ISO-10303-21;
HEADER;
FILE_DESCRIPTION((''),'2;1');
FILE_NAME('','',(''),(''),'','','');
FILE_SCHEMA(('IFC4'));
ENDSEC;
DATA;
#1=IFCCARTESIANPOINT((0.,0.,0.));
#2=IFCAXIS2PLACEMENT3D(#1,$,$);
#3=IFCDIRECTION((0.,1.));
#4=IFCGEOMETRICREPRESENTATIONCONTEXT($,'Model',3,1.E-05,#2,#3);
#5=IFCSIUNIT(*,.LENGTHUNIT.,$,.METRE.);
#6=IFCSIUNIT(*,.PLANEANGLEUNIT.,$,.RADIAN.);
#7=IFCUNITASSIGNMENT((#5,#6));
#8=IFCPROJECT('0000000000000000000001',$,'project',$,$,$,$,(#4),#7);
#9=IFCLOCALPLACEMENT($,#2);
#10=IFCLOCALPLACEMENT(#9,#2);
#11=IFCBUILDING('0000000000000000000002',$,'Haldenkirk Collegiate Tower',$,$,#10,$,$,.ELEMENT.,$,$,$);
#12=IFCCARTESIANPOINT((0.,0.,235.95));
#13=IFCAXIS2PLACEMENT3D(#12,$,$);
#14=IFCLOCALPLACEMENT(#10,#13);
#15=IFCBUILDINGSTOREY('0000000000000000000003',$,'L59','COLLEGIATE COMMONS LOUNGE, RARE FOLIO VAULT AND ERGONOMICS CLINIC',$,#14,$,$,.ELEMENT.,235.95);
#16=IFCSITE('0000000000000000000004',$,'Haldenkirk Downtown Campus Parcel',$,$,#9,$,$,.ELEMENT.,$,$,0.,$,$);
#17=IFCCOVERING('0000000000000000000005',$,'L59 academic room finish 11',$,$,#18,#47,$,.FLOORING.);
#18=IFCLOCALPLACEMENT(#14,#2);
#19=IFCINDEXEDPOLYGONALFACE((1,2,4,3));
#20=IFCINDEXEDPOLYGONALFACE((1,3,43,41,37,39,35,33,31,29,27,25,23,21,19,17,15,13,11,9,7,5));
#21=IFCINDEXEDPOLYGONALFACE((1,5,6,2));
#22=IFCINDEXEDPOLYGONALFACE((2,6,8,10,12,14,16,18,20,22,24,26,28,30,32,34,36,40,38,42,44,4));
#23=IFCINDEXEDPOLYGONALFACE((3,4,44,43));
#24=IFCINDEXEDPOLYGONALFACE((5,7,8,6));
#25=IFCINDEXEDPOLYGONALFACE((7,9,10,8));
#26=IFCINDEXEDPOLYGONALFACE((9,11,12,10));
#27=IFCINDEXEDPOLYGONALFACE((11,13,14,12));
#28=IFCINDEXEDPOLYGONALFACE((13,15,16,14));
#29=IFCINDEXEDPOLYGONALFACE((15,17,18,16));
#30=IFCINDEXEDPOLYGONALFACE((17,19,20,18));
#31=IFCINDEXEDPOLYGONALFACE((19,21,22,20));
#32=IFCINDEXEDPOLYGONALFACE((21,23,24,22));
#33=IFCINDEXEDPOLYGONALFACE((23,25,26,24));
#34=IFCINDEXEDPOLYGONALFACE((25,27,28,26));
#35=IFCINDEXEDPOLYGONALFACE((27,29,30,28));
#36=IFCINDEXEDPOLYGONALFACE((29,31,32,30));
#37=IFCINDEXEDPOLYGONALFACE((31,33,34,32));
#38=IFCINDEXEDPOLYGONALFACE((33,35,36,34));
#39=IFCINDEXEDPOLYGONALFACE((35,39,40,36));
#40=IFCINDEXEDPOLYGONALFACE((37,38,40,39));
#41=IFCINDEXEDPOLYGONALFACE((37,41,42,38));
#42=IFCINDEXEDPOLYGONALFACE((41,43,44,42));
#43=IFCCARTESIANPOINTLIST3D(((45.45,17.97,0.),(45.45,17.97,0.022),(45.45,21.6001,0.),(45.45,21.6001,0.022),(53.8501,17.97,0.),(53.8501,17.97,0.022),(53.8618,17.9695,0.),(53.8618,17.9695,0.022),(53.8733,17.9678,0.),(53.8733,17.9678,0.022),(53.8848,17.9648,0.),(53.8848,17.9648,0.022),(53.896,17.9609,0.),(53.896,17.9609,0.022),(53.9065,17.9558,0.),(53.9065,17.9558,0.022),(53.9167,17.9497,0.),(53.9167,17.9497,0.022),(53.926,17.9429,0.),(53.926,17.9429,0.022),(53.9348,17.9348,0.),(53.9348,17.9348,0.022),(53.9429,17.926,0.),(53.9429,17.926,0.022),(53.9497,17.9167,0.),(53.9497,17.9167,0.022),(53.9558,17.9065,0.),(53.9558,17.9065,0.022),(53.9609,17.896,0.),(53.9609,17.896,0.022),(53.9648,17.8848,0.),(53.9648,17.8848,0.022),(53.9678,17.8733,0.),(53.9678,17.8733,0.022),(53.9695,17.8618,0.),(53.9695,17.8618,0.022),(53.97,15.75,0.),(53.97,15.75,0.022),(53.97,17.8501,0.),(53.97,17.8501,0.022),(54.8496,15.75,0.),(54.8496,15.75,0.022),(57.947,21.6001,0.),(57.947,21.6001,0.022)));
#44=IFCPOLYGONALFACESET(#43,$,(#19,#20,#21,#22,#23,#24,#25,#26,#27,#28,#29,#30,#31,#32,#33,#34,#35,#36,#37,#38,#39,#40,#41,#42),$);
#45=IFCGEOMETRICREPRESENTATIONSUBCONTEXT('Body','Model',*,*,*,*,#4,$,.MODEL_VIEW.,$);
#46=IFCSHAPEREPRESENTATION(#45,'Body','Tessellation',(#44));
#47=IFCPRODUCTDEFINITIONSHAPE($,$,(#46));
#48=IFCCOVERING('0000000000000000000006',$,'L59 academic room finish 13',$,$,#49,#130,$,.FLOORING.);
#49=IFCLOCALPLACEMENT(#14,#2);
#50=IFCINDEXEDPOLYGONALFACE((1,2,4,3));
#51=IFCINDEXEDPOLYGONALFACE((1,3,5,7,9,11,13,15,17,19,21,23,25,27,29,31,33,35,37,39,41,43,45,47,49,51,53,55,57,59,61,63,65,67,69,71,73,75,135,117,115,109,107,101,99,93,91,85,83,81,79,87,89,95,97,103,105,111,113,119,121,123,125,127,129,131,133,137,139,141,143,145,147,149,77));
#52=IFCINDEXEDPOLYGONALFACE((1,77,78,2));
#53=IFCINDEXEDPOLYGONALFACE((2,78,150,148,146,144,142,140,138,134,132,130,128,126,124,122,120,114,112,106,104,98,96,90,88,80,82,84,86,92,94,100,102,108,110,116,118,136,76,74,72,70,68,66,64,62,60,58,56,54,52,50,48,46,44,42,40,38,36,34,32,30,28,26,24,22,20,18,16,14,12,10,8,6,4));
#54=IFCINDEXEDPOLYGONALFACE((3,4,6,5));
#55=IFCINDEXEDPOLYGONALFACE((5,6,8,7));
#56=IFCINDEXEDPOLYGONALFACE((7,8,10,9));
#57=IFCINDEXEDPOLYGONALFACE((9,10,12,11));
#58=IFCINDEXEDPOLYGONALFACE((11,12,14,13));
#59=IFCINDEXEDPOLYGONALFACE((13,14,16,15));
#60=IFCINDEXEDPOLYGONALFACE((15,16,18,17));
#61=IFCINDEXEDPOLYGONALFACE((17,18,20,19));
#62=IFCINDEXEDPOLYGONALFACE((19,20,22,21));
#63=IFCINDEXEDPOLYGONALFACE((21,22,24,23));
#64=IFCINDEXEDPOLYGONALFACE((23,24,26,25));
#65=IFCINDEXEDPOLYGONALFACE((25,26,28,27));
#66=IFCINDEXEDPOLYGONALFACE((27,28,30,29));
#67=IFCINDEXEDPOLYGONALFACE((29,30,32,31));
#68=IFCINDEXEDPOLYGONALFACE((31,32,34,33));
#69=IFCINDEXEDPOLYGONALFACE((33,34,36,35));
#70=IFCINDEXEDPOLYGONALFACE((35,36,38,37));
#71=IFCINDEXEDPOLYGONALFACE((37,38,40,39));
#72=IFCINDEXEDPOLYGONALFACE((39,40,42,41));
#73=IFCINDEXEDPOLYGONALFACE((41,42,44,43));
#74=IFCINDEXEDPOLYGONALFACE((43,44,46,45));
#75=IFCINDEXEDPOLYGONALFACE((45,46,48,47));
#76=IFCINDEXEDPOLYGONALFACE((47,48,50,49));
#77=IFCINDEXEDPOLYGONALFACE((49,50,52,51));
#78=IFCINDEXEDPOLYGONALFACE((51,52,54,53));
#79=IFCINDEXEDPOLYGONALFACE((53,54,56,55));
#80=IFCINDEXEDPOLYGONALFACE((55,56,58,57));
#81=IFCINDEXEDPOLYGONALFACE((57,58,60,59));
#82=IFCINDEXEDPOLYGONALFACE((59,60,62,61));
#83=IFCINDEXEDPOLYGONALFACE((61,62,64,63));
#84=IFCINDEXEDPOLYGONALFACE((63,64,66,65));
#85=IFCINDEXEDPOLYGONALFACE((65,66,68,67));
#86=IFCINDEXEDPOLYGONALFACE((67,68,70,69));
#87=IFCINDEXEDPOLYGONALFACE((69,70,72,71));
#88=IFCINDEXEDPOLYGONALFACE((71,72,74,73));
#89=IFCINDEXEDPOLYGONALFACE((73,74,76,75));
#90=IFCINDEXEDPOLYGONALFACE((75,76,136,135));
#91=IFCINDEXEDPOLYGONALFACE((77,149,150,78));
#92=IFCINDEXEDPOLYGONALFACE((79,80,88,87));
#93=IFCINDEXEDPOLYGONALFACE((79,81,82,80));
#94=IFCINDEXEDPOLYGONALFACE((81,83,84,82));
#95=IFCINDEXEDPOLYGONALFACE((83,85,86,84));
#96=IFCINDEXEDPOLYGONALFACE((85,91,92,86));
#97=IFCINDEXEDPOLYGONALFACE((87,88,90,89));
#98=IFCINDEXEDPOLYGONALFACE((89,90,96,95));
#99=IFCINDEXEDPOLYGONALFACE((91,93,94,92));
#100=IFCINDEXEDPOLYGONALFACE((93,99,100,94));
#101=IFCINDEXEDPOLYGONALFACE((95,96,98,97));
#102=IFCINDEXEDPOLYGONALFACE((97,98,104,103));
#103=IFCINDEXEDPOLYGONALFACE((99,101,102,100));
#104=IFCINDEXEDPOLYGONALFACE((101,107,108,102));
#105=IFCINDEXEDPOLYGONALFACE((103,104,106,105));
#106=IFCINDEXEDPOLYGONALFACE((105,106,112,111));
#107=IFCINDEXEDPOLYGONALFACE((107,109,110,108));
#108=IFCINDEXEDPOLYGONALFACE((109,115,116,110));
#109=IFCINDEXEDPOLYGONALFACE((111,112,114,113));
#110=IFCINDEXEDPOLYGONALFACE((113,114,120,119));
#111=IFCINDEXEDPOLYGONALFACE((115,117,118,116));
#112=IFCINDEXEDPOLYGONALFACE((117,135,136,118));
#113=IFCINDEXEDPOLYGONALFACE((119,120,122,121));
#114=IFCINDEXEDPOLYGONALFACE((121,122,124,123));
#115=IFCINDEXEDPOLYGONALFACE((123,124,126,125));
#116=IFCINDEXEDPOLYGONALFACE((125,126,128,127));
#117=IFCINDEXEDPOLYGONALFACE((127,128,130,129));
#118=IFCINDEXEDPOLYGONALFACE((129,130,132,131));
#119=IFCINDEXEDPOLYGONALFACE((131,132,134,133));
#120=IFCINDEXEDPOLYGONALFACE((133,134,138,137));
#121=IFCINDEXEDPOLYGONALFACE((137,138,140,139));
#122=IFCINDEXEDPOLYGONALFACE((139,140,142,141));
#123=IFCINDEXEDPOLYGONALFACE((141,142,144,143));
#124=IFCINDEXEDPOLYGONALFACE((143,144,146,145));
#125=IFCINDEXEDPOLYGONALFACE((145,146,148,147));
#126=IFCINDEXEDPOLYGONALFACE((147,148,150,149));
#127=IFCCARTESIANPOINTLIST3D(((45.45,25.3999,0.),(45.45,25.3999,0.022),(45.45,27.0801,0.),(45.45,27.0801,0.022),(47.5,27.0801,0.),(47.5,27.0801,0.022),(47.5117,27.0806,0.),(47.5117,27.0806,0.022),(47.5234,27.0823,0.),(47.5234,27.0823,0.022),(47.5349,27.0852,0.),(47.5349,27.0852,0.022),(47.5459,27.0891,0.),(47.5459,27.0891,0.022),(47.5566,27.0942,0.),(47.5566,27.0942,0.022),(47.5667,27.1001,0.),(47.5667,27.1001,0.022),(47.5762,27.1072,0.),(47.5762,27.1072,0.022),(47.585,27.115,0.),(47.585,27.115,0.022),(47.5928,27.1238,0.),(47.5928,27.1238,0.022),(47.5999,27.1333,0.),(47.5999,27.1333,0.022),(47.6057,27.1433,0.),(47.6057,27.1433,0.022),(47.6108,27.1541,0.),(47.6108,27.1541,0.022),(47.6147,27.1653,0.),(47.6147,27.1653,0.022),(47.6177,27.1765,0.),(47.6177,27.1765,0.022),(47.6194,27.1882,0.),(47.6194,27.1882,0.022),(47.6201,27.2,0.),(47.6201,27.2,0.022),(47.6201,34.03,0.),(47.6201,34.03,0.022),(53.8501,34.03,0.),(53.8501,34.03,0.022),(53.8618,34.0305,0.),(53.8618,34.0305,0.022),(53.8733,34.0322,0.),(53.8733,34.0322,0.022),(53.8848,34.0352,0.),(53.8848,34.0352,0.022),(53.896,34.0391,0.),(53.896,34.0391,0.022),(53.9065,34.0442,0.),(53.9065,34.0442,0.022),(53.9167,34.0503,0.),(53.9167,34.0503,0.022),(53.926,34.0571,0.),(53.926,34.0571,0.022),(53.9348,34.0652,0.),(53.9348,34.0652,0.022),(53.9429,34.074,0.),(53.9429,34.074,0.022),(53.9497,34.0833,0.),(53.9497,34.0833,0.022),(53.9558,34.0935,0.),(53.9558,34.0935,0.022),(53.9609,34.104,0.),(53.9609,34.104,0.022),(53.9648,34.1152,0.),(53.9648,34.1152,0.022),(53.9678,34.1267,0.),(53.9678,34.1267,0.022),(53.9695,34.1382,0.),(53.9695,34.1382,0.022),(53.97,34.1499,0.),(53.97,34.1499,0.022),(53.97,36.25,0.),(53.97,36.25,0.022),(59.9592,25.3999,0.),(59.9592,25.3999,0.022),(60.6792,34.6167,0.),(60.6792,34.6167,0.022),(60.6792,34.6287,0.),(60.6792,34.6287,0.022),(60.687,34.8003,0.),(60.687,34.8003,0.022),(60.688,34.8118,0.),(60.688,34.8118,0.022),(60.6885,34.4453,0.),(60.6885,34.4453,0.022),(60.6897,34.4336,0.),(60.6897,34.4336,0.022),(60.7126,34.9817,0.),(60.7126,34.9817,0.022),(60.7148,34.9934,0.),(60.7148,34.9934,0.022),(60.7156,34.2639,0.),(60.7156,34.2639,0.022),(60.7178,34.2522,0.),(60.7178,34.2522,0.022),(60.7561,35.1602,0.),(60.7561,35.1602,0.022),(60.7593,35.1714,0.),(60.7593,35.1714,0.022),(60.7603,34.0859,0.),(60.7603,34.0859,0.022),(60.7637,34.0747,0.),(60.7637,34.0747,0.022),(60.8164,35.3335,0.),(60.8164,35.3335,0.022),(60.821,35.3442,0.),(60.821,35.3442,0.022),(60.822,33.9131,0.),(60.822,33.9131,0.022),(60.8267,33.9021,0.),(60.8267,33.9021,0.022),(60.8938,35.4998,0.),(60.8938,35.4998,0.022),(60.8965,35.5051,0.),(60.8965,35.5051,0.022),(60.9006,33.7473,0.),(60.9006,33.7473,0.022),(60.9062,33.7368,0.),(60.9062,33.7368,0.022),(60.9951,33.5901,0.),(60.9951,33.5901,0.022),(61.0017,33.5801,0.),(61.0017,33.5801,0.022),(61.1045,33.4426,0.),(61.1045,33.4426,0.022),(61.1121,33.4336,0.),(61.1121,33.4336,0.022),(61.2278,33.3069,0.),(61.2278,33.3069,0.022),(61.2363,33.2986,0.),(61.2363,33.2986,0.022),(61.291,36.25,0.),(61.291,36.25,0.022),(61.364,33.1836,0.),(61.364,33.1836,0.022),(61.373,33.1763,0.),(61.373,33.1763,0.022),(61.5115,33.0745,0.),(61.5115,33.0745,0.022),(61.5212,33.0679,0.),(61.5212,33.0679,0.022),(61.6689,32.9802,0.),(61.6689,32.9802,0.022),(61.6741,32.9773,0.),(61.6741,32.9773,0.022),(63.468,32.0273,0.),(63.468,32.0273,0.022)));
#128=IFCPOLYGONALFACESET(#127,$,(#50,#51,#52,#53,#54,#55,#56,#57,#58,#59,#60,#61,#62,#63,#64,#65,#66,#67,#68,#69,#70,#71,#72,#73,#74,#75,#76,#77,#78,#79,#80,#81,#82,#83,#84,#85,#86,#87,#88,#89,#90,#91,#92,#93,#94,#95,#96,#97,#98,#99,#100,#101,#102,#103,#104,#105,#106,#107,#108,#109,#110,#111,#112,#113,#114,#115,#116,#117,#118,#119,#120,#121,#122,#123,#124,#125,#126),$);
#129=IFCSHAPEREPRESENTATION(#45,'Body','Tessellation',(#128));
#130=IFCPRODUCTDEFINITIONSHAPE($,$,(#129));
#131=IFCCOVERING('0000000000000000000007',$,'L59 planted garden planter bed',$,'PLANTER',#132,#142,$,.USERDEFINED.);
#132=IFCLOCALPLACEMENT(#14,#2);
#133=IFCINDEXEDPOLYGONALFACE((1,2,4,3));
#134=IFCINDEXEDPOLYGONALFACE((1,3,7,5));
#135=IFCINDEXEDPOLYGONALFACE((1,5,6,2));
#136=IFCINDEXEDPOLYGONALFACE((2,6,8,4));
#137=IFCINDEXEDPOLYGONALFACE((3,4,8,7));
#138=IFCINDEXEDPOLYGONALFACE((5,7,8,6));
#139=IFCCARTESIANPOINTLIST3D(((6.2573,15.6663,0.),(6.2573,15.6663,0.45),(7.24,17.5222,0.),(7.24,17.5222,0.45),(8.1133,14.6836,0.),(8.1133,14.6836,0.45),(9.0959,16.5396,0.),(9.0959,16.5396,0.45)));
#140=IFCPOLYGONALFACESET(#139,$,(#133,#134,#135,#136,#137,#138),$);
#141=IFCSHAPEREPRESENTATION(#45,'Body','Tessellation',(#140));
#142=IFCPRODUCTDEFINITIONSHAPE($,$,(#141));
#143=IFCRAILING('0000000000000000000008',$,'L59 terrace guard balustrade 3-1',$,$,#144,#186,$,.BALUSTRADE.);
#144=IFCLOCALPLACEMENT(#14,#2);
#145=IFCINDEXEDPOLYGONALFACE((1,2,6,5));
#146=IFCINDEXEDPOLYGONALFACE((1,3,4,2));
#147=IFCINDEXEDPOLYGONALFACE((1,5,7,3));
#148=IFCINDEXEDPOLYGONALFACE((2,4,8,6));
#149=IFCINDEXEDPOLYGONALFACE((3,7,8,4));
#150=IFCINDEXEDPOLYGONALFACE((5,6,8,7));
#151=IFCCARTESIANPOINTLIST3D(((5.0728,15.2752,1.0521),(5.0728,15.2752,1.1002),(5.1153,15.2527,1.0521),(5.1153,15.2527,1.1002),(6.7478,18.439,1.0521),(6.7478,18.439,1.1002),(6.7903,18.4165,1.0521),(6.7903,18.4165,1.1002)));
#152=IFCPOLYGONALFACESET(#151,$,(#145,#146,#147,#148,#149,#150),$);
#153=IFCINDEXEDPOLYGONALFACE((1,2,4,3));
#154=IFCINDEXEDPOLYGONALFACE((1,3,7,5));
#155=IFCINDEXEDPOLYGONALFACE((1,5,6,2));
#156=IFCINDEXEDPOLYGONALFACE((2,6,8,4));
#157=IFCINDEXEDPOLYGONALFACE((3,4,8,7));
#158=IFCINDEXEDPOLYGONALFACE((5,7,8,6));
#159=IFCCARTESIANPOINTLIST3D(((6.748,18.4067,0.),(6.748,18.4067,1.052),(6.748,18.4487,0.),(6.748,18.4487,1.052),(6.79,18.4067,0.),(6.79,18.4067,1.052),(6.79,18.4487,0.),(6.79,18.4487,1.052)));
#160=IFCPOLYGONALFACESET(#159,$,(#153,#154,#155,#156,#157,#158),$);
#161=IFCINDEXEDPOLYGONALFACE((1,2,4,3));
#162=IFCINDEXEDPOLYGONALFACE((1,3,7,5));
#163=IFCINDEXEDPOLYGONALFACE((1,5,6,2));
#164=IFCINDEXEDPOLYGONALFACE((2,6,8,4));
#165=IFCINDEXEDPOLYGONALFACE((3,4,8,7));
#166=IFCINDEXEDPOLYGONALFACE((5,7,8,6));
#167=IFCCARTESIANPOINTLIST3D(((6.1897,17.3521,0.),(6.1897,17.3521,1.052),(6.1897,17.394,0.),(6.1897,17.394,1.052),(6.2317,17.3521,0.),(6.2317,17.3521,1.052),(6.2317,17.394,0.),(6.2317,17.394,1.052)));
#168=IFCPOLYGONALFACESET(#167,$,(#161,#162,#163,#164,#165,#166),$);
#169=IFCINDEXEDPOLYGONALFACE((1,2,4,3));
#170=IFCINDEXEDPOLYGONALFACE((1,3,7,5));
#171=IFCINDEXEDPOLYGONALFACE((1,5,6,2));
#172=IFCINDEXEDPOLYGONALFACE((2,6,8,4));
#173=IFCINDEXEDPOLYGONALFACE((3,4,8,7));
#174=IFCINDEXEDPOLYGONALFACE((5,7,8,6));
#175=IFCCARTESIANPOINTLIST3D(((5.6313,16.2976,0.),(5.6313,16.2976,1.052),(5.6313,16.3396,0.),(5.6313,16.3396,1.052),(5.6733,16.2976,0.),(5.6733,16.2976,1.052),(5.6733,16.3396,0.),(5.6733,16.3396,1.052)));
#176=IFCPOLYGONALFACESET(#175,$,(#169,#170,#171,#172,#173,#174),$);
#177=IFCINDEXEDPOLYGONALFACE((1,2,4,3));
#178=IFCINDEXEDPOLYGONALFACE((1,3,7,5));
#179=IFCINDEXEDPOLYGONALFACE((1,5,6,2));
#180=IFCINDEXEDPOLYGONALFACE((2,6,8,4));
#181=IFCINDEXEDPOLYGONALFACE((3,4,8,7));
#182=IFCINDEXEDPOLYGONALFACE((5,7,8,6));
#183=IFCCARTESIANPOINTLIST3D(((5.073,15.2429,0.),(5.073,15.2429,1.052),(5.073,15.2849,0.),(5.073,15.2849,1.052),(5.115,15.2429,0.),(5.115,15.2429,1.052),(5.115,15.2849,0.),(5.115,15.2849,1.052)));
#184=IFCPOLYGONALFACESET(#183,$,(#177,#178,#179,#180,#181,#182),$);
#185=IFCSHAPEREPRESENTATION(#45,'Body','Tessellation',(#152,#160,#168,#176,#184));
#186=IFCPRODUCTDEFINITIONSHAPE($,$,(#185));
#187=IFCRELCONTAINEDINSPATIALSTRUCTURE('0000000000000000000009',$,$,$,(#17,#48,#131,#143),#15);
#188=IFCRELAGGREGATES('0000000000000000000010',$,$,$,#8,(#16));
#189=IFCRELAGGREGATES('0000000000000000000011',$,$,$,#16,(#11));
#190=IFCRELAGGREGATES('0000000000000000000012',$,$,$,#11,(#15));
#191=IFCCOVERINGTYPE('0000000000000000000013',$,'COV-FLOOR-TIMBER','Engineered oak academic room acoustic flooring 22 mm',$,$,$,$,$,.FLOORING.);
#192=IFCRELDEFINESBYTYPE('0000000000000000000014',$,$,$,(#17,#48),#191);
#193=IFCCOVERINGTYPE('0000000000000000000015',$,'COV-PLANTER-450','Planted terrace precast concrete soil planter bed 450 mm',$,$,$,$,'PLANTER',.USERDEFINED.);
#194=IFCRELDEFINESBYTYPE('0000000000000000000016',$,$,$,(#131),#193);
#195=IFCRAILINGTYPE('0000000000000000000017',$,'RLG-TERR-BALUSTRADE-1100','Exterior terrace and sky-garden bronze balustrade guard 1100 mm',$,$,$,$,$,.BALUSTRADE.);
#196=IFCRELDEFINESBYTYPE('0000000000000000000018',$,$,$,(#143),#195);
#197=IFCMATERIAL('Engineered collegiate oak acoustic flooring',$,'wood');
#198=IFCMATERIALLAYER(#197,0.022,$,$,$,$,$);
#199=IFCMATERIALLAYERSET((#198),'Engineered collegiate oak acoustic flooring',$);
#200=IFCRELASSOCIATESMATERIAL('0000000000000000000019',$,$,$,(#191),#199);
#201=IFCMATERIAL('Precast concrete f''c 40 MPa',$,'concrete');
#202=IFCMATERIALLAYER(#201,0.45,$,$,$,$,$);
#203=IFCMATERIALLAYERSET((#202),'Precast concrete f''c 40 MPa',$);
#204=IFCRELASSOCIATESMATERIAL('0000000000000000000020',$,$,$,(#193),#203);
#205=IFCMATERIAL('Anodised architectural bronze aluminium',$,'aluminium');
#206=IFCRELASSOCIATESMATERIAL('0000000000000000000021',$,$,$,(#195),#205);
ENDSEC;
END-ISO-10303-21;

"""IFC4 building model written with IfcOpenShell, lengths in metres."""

from ifc_helpers import new_model, si_unit, direction, frame, origin, origin_2d, place, context, subcontext, project, spatial, polyline, rectangle, outline, extrude, material, layer, layer_set, type_object, element, save


model = new_model("IFC4")

# Units and contexts
model_context = context("Model", 3, precision=1e-05, world=origin(), true_north=direction((0.0, 1.0)))
body_context = subcontext(model_context, "Body", "Model", "MODEL_VIEW")
ifc_project = project(units=[si_unit("LENGTHUNIT", "METRE"), si_unit("PLANEANGLEUNIT", "RADIAN")], contexts=[model_context])

# Site, building, storey
site_placement = place(None, origin())
site = spatial("IfcSite", under=ifc_project, at=site_placement, Name="Haldenkirk Downtown Campus Parcel", CompositionType="ELEMENT", RefElevation=0.0)
building_placement = place(site_placement, origin())
building = spatial("IfcBuilding", under=site, at=building_placement, Name="Haldenkirk Collegiate Tower", CompositionType="ELEMENT")
storey_placement = place(building_placement, frame((0.0, 0.0, 235.95)))
storey = spatial("IfcBuildingStorey", under=building, at=storey_placement, Name="L59", Description="COLLEGIATE COMMONS LOUNGE, RARE FOLIO VAULT AND ERGONOMICS CLINIC", CompositionType="ELEMENT", Elevation=235.95)

# Shared definitions
ifc_material_1 = material(Name="Anodised architectural bronze aluminium", Category="aluminium")

# Shared definitions
ifc_material_2 = material(Name="Precast concrete f'c 40 MPa", Category="concrete")

# Coverings
ifc_material_3 = material(Name="Engineered collegiate oak acoustic flooring", Category="wood")
ifc_layer_1 = layer(ifc_material_3, 0.022)
ifc_layer_set_1 = layer_set([ifc_layer_1], Name="Engineered collegiate oak acoustic flooring")
covering_type_1 = type_object("IfcCoveringType", Name="COV-FLOOR-TIMBER", Description="Engineered oak academic room acoustic flooring 22 mm", PredefinedType="FLOORING", material=ifc_layer_set_1)
covering_1_placement = place(storey_placement, origin())
element("IfcCovering", 1, at=covering_1_placement, inside=storey, type_object=covering_type_1, Name="L59 academic room finish 11", PredefinedType="FLOORING", context=body_context, shape_type="SweptSolid", body=[
    extrude(outline(polyline([(45.45, 17.97), (45.45, 21.6001), (57.947, 21.6001), (54.8496, 15.75), (53.97, 15.75), (53.97, 17.8501), (53.9695, 17.8618), (53.9678, 17.8733), (53.9648, 17.8848), (53.9609, 17.896), (53.9558, 17.9065), (53.9497, 17.9167), (53.9429, 17.926), (53.9348, 17.9348), (53.926, 17.9429), (53.9167, 17.9497), (53.9065, 17.9558), (53.896, 17.9609), (53.8848, 17.9648), (53.8733, 17.9678), (53.8618, 17.9695), (53.8501, 17.97), (45.45, 17.97)])), origin(), (0.0, 0.0, 1.0), 0.022),
])
covering_2_placement = place(storey_placement, origin())
element("IfcCovering", 2, at=covering_2_placement, inside=storey, type_object=covering_type_1, Name="L59 academic room finish 13", PredefinedType="FLOORING", context=body_context, shape_type="SweptSolid", body=[
    extrude(outline(polyline([(47.5, 27.0801), (47.5117, 27.0806), (47.5234, 27.0823), (47.5349, 27.0852), (47.5459, 27.0891), (47.5566, 27.0942), (47.5667, 27.1001), (47.5762, 27.1072), (47.585, 27.115), (47.5928, 27.1238), (47.5999, 27.1333), (47.6057, 27.1433), (47.6108, 27.1541), (47.6147, 27.1653), (47.6177, 27.1765), (47.6194, 27.1882), (47.6201, 27.2), (47.6201, 34.03), (53.8501, 34.03), (53.8618, 34.0305), (53.8733, 34.0322), (53.8848, 34.0352), (53.896, 34.0391), (53.9065, 34.0442), (53.9167, 34.0503), (53.926, 34.0571), (53.9348, 34.0652), (53.9429, 34.074), (53.9497, 34.0833), (53.9558, 34.0935), (53.9609, 34.104), (53.9648, 34.1152), (53.9678, 34.1267), (53.9695, 34.1382), (53.97, 34.1499), (53.97, 36.25), (61.291, 36.25), (60.8965, 35.5051), (60.8938, 35.4998), (60.821, 35.3442), (60.8164, 35.3335), (60.7593, 35.1714), (60.7561, 35.1602), (60.7148, 34.9934), (60.7126, 34.9817), (60.688, 34.8118), (60.687, 34.8003), (60.6792, 34.6287), (60.6792, 34.6167), (60.6885, 34.4453), (60.6897, 34.4336), (60.7156, 34.2639), (60.7178, 34.2522), (60.7603, 34.0859), (60.7637, 34.0747), (60.822, 33.9131), (60.8267, 33.9021), (60.9006, 33.7473), (60.9062, 33.7368), (60.9951, 33.5901), (61.0017, 33.5801), (61.1045, 33.4426), (61.1121, 33.4336), (61.2278, 33.3069), (61.2363, 33.2986), (61.364, 33.1836), (61.373, 33.1763), (61.5115, 33.0745), (61.5212, 33.0679), (61.6689, 32.9802), (61.6741, 32.9773), (63.468, 32.0273), (59.9592, 25.3999), (45.45, 25.3999), (45.45, 27.0801), (47.5, 27.0801)])), origin(), (0.0, 0.0, 1.0), 0.022),
])
ifc_layer_2 = layer(ifc_material_2, 0.45)
ifc_layer_set_2 = layer_set([ifc_layer_2], Name="Precast concrete f'c 40 MPa")
covering_type_2 = type_object("IfcCoveringType", Name="COV-PLANTER-450", Description="Planted terrace precast concrete soil planter bed 450 mm", ElementType="PLANTER", PredefinedType="USERDEFINED", material=ifc_layer_set_2)
covering_3_placement = place(storey_placement, origin())
element("IfcCovering", 3, at=covering_3_placement, inside=storey, type_object=covering_type_2, Name="L59 planted garden planter bed", ObjectType="PLANTER", PredefinedType="USERDEFINED", context=body_context, shape_type="SweptSolid", body=[
    extrude(outline(polyline([(8.1133, 14.6836), (6.2573, 15.6663), (7.24, 17.5222), (9.0959, 16.5396), (8.1133, 14.6836)])), origin(), (0.0, 0.0, 1.0), 0.45),
])

# Railing
railing_type = type_object("IfcRailingType", Name="RLG-TERR-BALUSTRADE-1100", Description="Exterior terrace and sky-garden bronze balustrade guard 1100 mm", PredefinedType="BALUSTRADE", material=ifc_material_1)
railing_1_placement = place(storey_placement, frame((6.769, 18.4277, 0.0)))
element("IfcRailing", 4, at=railing_1_placement, inside=storey, type_object=railing_type, Name="L59 terrace guard balustrade 3-1", PredefinedType="BALUSTRADE", context=body_context, shape_type="SweptSolid", body=[
    extrude(rectangle(XDim=0.0481, YDim=0.0481, at=origin_2d()), frame((0.0, 0.0, 1.0762), z_axis=(-0.467907, -0.883778, 0.0), x_axis=(0.883778, -0.467907, 0.0)), (0.0, 0.0, 1.0), 3.5798),
    extrude(rectangle(XDim=0.042, YDim=0.042, at=origin_2d()), origin(), (0.0, 0.0, 1.0), 1.052),
    extrude(rectangle(XDim=0.042, YDim=0.042, at=origin_2d()), frame((-0.5583, -1.0547, 0.0)), (0.0, 0.0, 1.0), 1.052),
    extrude(rectangle(XDim=0.042, YDim=0.042, at=origin_2d()), frame((-1.1167, -2.1091, 0.0)), (0.0, 0.0, 1.0), 1.052),
    extrude(rectangle(XDim=0.042, YDim=0.042, at=origin_2d()), frame((-1.675, -3.1638, 0.0)), (0.0, 0.0, 1.0), 1.052),
])

save(model, "model.ifc")
